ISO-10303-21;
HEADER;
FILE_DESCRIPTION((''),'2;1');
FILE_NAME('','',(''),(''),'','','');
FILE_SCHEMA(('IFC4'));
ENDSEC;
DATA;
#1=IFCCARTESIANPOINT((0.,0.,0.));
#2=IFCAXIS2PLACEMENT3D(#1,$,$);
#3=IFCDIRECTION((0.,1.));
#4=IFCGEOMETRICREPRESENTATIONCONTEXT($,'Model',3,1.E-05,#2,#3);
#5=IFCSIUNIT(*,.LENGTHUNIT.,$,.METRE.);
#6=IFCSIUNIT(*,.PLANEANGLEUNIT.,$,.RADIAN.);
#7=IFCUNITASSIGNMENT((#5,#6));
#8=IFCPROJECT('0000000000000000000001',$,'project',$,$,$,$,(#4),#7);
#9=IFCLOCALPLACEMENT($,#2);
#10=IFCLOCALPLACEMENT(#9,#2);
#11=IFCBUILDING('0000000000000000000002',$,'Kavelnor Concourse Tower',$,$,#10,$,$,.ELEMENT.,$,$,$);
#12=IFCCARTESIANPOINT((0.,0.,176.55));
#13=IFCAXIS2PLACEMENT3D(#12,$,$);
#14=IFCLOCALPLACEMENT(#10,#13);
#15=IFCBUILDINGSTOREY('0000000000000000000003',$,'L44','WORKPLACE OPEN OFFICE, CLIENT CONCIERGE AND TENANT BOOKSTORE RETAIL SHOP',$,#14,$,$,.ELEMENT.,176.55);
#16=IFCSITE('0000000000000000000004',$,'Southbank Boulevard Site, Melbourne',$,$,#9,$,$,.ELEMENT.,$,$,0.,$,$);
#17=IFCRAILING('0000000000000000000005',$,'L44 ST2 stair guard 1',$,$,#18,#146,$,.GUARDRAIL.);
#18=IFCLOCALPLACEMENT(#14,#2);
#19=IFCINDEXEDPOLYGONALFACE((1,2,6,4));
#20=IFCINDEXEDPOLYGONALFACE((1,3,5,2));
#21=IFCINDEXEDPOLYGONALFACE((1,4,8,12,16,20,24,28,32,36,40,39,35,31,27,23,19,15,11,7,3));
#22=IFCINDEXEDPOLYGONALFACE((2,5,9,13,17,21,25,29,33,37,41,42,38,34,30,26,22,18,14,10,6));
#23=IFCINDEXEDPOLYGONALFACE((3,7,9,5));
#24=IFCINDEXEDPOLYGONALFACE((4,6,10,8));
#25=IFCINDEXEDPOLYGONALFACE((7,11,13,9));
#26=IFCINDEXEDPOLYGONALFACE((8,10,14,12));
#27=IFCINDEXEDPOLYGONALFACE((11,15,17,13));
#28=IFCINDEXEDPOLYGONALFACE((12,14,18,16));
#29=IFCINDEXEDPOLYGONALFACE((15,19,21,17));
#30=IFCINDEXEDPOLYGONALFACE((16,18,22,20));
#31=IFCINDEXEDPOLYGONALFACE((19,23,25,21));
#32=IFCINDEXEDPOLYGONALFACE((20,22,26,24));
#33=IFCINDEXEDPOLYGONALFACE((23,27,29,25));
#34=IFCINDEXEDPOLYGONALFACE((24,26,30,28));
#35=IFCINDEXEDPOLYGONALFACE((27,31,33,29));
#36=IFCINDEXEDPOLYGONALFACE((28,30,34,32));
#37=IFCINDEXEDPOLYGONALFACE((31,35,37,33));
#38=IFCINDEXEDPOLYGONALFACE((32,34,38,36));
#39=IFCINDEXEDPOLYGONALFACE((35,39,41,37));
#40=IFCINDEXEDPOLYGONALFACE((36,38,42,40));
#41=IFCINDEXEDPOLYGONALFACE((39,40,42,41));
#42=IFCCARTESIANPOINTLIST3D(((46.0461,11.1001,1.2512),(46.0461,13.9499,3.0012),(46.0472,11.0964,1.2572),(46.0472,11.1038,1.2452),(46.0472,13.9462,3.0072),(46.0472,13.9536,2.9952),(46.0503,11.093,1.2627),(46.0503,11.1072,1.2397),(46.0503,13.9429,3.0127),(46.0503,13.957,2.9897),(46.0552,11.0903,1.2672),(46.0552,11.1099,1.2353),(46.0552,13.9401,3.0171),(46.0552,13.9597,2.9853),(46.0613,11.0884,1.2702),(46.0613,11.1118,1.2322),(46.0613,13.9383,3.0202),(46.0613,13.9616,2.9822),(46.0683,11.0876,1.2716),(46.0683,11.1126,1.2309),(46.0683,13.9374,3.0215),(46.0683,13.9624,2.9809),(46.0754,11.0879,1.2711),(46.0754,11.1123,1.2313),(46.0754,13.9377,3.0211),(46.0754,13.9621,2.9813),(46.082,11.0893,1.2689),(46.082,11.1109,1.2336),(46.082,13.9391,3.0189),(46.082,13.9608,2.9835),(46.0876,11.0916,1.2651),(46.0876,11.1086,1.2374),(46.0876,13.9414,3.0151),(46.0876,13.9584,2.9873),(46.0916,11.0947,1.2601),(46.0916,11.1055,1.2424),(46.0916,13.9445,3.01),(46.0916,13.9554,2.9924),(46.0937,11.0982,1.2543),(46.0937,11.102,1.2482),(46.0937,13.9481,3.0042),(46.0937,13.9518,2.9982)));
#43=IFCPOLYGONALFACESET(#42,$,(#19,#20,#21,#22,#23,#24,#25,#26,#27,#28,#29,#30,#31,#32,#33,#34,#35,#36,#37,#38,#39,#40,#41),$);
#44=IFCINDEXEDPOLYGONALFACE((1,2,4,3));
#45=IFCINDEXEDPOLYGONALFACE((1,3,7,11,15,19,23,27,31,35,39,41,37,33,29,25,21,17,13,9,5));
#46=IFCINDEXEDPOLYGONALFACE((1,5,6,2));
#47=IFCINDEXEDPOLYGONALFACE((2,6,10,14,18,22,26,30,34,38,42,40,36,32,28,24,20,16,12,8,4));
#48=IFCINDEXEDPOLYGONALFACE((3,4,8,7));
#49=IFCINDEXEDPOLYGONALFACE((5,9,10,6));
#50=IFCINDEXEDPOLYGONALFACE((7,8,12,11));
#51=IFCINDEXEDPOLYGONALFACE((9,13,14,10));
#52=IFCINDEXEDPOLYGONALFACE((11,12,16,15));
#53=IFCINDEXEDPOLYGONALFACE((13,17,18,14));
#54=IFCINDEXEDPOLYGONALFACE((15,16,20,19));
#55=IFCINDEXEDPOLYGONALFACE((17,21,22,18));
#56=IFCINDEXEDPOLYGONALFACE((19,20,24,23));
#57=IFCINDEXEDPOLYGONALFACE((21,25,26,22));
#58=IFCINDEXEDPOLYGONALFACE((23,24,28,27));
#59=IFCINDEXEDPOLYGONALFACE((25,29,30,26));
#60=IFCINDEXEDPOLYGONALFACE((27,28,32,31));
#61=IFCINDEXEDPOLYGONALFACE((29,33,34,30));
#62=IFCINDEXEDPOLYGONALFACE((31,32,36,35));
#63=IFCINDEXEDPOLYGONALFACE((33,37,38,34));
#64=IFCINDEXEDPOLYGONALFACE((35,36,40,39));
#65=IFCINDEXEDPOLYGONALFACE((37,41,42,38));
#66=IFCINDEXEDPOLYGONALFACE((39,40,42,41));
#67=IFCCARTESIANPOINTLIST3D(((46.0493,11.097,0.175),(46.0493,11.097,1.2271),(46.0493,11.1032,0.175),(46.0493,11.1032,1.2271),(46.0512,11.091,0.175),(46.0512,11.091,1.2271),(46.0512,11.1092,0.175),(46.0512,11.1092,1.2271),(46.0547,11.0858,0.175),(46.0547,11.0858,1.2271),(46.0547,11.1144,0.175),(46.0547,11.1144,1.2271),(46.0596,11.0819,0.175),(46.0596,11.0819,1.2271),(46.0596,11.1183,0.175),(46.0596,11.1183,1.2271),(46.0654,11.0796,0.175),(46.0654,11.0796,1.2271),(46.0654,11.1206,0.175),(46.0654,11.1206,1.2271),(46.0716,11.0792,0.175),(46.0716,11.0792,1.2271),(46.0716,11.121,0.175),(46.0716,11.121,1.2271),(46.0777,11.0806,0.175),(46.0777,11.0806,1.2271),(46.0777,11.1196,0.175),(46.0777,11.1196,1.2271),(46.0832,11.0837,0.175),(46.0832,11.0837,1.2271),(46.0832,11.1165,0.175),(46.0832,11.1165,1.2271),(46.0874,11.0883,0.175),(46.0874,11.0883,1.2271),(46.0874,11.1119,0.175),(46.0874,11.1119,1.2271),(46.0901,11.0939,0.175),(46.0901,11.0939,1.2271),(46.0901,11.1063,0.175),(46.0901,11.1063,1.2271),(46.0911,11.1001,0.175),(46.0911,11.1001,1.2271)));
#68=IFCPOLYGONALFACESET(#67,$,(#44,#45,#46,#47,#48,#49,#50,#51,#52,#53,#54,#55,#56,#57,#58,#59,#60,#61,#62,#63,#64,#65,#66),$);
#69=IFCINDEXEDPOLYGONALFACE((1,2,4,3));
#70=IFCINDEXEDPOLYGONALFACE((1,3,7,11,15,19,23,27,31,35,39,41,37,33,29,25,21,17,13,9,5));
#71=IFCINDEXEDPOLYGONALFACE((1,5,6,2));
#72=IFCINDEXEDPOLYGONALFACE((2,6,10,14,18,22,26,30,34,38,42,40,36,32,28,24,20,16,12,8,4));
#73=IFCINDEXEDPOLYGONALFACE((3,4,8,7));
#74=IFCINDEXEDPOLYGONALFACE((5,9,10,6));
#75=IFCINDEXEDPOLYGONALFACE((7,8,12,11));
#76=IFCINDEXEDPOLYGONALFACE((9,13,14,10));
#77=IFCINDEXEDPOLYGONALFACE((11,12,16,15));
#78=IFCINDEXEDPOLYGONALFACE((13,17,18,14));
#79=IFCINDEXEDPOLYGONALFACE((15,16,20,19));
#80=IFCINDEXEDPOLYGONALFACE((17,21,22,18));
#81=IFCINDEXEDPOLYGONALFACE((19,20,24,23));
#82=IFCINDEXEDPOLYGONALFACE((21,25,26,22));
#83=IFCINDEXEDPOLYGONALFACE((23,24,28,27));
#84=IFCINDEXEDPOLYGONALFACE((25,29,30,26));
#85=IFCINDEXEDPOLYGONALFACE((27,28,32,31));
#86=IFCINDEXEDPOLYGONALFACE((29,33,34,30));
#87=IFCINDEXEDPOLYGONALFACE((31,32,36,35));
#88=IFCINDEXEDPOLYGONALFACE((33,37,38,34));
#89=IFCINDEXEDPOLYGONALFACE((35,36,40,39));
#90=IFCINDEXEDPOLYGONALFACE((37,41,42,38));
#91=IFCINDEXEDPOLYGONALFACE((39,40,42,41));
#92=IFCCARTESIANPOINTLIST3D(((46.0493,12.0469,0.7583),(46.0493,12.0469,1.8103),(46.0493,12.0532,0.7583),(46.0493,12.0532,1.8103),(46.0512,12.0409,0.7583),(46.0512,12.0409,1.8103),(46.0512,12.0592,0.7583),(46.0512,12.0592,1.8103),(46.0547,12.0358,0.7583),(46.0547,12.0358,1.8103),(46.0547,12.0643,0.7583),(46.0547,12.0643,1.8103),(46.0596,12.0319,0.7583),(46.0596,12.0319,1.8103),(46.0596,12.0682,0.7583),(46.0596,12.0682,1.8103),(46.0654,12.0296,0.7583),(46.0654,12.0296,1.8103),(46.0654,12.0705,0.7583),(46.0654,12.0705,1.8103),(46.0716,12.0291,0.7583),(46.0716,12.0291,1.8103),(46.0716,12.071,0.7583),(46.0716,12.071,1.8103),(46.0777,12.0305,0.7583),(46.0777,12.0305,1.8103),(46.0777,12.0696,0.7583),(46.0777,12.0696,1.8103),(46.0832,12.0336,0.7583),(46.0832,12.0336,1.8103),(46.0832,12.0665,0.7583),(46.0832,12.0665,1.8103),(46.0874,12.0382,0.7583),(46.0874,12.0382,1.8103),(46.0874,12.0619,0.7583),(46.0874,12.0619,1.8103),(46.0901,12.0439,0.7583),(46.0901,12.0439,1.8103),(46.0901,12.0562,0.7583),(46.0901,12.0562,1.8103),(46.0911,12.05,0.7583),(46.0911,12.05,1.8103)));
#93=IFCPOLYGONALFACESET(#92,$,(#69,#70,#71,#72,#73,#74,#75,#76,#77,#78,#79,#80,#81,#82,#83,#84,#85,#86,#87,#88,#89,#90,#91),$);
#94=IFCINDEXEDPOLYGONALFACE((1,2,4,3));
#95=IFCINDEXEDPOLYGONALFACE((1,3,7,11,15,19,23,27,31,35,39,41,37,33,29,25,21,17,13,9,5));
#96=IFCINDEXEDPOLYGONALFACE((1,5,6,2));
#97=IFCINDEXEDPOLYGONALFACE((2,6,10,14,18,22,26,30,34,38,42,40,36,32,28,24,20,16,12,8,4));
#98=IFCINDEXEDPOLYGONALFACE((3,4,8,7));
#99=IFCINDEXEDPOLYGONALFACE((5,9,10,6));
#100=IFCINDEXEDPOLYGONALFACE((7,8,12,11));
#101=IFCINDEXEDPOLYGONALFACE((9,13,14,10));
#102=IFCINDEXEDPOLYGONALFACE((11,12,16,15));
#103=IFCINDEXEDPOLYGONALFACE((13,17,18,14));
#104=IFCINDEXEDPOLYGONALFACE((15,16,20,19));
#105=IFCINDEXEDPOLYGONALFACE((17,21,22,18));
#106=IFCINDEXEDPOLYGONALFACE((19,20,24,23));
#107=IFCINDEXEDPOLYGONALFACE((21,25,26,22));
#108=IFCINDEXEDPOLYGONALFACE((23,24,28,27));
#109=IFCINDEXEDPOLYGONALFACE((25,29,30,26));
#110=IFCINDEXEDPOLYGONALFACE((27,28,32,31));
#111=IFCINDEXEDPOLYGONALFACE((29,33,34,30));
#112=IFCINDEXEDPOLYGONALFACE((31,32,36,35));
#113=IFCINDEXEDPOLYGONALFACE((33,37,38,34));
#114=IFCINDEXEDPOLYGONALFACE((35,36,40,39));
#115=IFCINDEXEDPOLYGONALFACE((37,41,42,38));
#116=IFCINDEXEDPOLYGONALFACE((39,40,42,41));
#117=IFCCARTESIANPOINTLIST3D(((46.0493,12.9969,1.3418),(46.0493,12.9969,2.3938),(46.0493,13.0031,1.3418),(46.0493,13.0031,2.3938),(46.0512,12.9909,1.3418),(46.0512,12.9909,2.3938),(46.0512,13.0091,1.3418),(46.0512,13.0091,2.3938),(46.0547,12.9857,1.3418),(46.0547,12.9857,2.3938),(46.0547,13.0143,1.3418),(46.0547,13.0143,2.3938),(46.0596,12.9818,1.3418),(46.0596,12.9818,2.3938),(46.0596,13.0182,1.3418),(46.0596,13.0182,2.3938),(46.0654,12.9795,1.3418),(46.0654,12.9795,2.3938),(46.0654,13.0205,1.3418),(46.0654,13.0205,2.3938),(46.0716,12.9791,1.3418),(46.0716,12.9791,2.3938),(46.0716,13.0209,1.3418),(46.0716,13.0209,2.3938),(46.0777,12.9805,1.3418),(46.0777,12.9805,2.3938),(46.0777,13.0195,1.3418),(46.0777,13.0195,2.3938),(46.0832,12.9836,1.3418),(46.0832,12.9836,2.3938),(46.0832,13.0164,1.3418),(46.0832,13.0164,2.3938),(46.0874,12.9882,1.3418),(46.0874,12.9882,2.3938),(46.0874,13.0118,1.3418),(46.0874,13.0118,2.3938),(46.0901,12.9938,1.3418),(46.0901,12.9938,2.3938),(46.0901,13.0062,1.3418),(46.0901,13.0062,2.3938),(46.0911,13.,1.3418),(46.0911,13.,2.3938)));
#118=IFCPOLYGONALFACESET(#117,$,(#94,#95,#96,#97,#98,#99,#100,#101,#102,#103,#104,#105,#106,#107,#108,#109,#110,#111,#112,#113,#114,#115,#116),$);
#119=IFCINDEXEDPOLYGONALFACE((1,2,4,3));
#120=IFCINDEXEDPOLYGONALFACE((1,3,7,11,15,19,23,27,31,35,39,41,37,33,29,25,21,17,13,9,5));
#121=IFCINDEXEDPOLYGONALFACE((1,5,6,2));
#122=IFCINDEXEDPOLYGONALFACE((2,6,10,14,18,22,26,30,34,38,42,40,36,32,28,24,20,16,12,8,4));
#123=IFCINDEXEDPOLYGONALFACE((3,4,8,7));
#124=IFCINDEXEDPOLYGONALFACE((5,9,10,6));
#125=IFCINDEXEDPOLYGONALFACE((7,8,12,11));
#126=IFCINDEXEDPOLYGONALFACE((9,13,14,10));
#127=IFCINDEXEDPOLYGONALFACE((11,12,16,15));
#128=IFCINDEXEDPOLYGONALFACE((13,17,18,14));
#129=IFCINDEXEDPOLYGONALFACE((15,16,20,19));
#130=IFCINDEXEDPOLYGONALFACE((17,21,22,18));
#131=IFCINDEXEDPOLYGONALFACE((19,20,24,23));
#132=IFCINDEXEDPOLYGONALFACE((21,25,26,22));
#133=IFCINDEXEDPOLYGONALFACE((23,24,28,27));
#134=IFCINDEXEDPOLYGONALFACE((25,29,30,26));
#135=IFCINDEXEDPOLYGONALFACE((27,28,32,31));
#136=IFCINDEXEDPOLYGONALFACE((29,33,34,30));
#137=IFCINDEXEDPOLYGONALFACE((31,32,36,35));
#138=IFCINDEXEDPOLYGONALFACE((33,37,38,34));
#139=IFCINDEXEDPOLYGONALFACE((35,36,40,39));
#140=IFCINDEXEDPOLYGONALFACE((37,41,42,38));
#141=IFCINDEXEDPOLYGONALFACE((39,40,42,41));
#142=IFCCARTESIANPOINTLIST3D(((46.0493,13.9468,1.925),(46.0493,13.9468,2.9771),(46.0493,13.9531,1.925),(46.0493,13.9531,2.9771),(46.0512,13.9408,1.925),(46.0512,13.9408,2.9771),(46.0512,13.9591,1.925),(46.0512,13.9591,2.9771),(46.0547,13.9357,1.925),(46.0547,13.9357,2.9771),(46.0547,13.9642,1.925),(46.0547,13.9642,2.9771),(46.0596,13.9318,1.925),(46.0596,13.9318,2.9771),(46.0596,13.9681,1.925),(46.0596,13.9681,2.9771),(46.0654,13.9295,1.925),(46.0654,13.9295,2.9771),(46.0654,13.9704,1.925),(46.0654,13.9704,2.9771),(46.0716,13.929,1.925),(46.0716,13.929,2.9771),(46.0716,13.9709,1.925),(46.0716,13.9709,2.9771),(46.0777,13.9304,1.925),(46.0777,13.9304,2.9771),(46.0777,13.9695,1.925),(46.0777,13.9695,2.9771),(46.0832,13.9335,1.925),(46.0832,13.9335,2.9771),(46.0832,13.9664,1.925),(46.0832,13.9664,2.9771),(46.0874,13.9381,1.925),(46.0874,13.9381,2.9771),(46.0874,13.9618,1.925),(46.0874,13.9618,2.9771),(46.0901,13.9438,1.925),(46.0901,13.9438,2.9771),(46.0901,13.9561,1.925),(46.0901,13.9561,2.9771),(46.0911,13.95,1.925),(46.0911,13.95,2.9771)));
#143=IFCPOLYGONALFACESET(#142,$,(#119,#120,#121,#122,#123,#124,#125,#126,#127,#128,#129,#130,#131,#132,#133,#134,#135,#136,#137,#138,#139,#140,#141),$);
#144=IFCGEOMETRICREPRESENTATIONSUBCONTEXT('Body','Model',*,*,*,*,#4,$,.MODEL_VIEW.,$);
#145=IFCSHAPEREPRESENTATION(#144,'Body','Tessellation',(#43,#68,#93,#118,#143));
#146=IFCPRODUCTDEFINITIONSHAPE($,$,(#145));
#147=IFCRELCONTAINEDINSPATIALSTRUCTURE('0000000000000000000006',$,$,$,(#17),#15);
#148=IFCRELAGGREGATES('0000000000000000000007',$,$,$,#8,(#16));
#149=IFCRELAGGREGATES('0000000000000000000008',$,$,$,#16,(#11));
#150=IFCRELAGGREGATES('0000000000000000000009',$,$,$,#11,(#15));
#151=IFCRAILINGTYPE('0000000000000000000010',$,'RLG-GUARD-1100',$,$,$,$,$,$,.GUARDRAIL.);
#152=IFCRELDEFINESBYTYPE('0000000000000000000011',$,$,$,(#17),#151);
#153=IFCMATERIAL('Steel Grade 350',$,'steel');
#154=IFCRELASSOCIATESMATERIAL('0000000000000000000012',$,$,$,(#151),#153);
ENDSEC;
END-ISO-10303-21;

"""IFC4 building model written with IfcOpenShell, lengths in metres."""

from ifc_helpers import new_model, si_unit, direction, frame, origin, origin_2d, place, context, subcontext, project, spatial, circle, extrude, material, type_object, element, save


model = new_model("IFC4")

# Units and contexts
model_context = context("Model", 3, precision=1e-05, world=origin(), true_north=direction((0.0, 1.0)))
body_context = subcontext(model_context, "Body", "Model", "MODEL_VIEW")
ifc_project = project(units=[si_unit("LENGTHUNIT", "METRE"), si_unit("PLANEANGLEUNIT", "RADIAN")], contexts=[model_context])

# Site, building, storey
site_placement = place(None, origin())
site = spatial("IfcSite", under=ifc_project, at=site_placement, Name="Southbank Boulevard Site, Melbourne", CompositionType="ELEMENT", RefElevation=0.0)
building_placement = place(site_placement, origin())
building = spatial("IfcBuilding", under=site, at=building_placement, Name="Kavelnor Concourse Tower", CompositionType="ELEMENT")
storey_placement = place(building_placement, frame((0.0, 0.0, 176.55)))
storey = spatial("IfcBuildingStorey", under=building, at=storey_placement, Name="L44", Description="WORKPLACE OPEN OFFICE, CLIENT CONCIERGE AND TENANT BOOKSTORE RETAIL SHOP", CompositionType="ELEMENT", Elevation=176.55)

# Shared definitions
ifc_material_1 = material(Name="Steel Grade 350", Category="steel")

# Railing
railing_type_1 = type_object("IfcRailingType", Name="RLG-GUARD-1100", PredefinedType="GUARDRAIL", material=ifc_material_1)
railing_1_placement = place(storey_placement, frame((46.0701, 11.1001, 0.175)))
element("IfcRailing", 1, at=railing_1_placement, inside=storey, type_object=railing_type_1, Name="L44 ST2 stair guard 1", PredefinedType="GUARDRAIL", context=body_context, shape_type="SweptSolid", body=[
    extrude(circle(Radius=0.0239, at=origin_2d()), frame((0.0, 0.0, 1.0762), z_axis=(0.0, 0.852159, 0.523283), x_axis=(-1.0, 0.0, 0.0)), (0.0, 0.0, 1.0), 3.3442),
    extrude(circle(Radius=0.021, at=origin_2d()), origin(), (0.0, 0.0, 1.0), 1.052),
    extrude(circle(Radius=0.021, at=origin_2d()), frame((0.0, 0.95, 0.5833)), (0.0, 0.0, 1.0), 1.052),
    extrude(circle(Radius=0.021, at=origin_2d()), frame((0.0, 1.8999, 1.1667)), (0.0, 0.0, 1.0), 1.052),
    extrude(circle(Radius=0.021, at=origin_2d()), frame((0.0, 2.8499, 1.75)), (0.0, 0.0, 1.0), 1.052),
])

save(model, "model.ifc")
